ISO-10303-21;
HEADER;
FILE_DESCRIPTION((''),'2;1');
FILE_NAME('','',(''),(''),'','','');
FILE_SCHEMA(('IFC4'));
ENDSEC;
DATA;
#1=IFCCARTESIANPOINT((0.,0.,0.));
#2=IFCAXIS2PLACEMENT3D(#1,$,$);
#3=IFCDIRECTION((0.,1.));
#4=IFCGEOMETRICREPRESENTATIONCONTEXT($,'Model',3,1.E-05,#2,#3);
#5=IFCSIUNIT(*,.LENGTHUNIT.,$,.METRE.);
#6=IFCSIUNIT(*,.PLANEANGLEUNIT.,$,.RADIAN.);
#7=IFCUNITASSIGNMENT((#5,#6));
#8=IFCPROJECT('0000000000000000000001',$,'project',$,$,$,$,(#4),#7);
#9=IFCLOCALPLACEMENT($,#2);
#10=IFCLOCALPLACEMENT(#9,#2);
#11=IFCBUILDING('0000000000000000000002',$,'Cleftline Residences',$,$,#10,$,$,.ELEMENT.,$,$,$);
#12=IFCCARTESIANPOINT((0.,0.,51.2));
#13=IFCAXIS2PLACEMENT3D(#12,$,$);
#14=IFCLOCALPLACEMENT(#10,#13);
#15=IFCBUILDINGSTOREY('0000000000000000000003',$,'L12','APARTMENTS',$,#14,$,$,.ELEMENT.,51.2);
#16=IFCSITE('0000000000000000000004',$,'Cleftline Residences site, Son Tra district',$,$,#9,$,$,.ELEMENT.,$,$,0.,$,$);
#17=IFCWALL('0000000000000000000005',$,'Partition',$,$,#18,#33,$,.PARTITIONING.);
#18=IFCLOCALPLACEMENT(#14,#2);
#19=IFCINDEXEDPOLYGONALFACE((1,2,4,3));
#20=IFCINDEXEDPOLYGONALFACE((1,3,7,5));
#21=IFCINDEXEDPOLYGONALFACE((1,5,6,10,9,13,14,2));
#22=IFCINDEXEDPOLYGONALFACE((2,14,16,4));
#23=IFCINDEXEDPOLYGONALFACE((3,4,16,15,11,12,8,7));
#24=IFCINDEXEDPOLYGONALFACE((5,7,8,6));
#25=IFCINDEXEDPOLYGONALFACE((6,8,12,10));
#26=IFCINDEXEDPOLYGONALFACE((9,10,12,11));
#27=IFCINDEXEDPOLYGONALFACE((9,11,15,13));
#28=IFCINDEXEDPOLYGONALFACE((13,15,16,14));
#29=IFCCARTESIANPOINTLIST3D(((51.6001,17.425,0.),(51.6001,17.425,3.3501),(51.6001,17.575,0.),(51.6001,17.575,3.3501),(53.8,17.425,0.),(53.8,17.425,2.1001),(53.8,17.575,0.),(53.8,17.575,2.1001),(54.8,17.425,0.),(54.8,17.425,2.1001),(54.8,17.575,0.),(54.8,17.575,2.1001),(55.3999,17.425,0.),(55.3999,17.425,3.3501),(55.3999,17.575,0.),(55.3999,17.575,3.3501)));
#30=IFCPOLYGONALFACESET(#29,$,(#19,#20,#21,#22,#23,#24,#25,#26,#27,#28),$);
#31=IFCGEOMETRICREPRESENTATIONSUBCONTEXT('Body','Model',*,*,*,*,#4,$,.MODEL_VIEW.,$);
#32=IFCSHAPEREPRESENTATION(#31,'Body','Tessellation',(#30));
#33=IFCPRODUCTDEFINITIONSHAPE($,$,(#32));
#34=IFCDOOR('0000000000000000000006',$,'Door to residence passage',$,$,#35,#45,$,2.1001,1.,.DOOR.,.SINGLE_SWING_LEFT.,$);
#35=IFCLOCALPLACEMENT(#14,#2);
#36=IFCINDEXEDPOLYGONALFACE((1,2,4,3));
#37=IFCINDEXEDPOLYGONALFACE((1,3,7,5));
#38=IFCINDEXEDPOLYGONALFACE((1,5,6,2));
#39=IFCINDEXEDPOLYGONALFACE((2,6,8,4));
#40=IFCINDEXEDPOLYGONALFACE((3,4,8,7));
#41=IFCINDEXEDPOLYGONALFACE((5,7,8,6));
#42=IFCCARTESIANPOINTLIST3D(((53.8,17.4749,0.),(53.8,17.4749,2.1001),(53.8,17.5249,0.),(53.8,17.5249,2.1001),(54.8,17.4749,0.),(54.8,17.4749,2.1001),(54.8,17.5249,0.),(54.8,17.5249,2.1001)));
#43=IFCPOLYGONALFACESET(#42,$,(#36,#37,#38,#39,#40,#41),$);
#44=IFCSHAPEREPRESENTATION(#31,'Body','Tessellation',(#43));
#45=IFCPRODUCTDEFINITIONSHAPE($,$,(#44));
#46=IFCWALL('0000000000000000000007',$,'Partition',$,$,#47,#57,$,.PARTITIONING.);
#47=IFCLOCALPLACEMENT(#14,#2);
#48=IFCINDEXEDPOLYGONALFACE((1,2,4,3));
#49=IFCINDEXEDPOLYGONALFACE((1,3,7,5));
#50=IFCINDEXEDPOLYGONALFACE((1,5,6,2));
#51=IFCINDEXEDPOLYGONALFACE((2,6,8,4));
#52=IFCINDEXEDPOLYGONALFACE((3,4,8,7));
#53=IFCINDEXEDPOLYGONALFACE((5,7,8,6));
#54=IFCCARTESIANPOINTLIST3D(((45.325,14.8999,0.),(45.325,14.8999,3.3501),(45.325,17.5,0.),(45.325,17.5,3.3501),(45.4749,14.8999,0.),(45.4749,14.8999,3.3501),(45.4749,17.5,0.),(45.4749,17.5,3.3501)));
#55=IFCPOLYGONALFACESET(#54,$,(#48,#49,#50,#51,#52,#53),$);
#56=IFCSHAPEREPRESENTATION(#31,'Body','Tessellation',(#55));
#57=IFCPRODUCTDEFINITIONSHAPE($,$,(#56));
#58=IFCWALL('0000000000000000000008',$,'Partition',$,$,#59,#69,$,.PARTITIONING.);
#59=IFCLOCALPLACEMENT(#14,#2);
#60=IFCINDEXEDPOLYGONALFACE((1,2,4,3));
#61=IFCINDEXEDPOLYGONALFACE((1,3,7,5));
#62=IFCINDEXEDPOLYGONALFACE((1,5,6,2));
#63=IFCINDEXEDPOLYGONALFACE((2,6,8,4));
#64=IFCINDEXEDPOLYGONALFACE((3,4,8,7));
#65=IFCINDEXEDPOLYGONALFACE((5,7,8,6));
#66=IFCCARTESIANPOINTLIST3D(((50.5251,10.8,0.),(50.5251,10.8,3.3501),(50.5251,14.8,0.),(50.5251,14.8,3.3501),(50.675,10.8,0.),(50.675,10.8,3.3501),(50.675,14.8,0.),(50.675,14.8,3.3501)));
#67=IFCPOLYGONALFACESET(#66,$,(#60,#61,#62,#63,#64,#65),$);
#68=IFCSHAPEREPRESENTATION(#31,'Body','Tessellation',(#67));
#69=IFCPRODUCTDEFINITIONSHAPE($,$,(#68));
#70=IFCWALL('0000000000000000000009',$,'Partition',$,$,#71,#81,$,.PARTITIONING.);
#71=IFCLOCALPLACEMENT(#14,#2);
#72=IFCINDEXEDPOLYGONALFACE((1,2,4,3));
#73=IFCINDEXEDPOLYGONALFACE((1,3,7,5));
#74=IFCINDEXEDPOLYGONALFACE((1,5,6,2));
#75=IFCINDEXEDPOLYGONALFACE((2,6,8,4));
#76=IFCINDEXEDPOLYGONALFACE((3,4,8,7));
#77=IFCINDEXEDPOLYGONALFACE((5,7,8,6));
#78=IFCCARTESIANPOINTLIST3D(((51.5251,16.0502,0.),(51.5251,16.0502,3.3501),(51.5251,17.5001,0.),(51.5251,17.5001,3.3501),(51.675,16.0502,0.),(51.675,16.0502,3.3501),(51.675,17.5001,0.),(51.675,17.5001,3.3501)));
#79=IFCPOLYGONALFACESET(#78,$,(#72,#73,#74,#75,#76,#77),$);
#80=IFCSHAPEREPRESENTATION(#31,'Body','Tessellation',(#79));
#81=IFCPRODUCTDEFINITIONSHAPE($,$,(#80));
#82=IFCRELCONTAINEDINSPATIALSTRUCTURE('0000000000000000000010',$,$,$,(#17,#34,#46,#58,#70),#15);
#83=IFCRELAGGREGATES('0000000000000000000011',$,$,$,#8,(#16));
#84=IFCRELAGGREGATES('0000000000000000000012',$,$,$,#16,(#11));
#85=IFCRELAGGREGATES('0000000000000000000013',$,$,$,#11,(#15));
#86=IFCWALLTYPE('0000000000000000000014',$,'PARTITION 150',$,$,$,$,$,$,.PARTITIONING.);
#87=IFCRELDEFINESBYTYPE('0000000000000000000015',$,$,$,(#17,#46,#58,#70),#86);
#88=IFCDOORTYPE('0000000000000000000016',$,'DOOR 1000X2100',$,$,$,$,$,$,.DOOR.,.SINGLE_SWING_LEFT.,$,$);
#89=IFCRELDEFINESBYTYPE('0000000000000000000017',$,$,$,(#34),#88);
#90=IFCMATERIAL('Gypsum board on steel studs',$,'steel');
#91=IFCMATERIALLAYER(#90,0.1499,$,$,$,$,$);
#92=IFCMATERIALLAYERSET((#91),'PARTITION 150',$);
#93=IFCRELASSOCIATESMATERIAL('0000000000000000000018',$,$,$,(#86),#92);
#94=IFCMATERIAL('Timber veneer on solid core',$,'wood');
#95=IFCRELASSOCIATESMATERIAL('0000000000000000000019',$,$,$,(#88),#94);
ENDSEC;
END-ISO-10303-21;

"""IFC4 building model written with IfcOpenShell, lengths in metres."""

from ifc_helpers import new_model, si_unit, direction, frame, frame_2d, origin, place, context, subcontext, project, spatial, rectangle, extrude, material, layer, layer_set, type_object, element, fill, save


model = new_model("IFC4")

# Units and contexts
model_context = context("Model", 3, precision=1e-05, world=origin(), true_north=direction((0.0, 1.0)))
body_context = subcontext(model_context, "Body", "Model", "MODEL_VIEW")
ifc_project = project(units=[si_unit("LENGTHUNIT", "METRE"), si_unit("PLANEANGLEUNIT", "RADIAN")], contexts=[model_context])

# Site, building, storey
site_placement = place(None, origin())
site = spatial("IfcSite", under=ifc_project, at=site_placement, Name="Cleftline Residences site, Son Tra district", CompositionType="ELEMENT", RefElevation=0.0)
building_placement = place(site_placement, origin())
building = spatial("IfcBuilding", under=site, at=building_placement, Name="Cleftline Residences", CompositionType="ELEMENT")
storey_placement = place(building_placement, frame((0.0, 0.0, 51.2)))
storey = spatial("IfcBuildingStorey", under=building, at=storey_placement, Name="L12", Description="APARTMENTS", CompositionType="ELEMENT", Elevation=51.2)

# Shared definitions
ifc_material_1 = material(Name="Gypsum board on steel studs", Category="steel")
ifc_layer_1 = layer(ifc_material_1, 0.1499)
ifc_layer_set_1 = layer_set([ifc_layer_1], Name="PARTITION 150")
wall_type_1 = type_object("IfcWallType", Name="PARTITION 150", PredefinedType="PARTITIONING", material=ifc_layer_set_1)

# Wall, opening, door
wall_1_placement = place(storey_placement, frame((51.6001, 17.5, 0.0), z_axis=(0.0, 0.0, 1.0), x_axis=(1.0, 0.0, 0.0)))
wall_1 = element("IfcWall", 1, at=wall_1_placement, inside=storey, type_object=wall_type_1, Name="Partition", PredefinedType="PARTITIONING", context=body_context, shape_type="SweptSolid", body=[
    extrude(rectangle(XDim=3.7998, YDim=0.1499, at=frame_2d((1.8999, 0.0))), origin(), (0.0, 0.0, 1.0), 3.3501),
])
opening_1_placement = place(wall_1_placement, frame((2.2, 0.0, 0.0)))
opening_1 = element("IfcOpeningElement", 2, at=opening_1_placement, cuts=wall_1, PredefinedType="OPENING", context=body_context, shape_type="SweptSolid", body=[
    extrude(rectangle(XDim=1.0, YDim=2.1001, at=frame_2d((0.5, 1.05))), frame((0.0, 0.085, 0.0), z_axis=(0.0, -1.0, 0.0), x_axis=(1.0, 0.0, 0.0)), (0.0, 0.0, 1.0), 0.1699),
])
ifc_material_2 = material(Name="Timber veneer on solid core", Category="wood")
door_type_1 = type_object("IfcDoorType", Name="DOOR 1000X2100", OperationType="SINGLE_SWING_LEFT", PredefinedType="DOOR", material=ifc_material_2)
door_1_placement = place(opening_1_placement, origin())
door_1 = element("IfcDoor", 3, at=door_1_placement, inside=storey, type_object=door_type_1, Name="Door to residence passage", OperationType="SINGLE_SWING_LEFT", OverallHeight=2.1001, OverallWidth=1.0, PredefinedType="DOOR", context=body_context, shape_type="SweptSolid", body=[
    extrude(rectangle(XDim=1.0, YDim=2.1001, at=frame_2d((0.5, 1.05))), frame((0.0, 0.0249, 0.0), z_axis=(0.0, -1.0, 0.0), x_axis=(1.0, 0.0, 0.0)), (0.0, 0.0, 1.0), 0.05),
])
fill(opening_1, door_1)

# Walls
wall_2_placement = place(storey_placement, frame((45.3999, 14.8999, 0.0), z_axis=(0.0, 0.0, 1.0), x_axis=(0.0, 1.0, 0.0)))
element("IfcWall", 4, at=wall_2_placement, inside=storey, type_object=wall_type_1, Name="Partition", PredefinedType="PARTITIONING", context=body_context, shape_type="SweptSolid", body=[
    extrude(rectangle(XDim=2.6001, YDim=0.1499, at=frame_2d((1.3, 0.0))), origin(), (0.0, 0.0, 1.0), 3.3501),
])
wall_3_placement = place(storey_placement, frame((50.6001, 10.8, 0.0), z_axis=(0.0, 0.0, 1.0), x_axis=(0.0, 1.0, 0.0)))
element("IfcWall", 5, at=wall_3_placement, inside=storey, type_object=wall_type_1, Name="Partition", PredefinedType="PARTITIONING", context=body_context, shape_type="SweptSolid", body=[
    extrude(rectangle(XDim=4.0, YDim=0.1499, at=frame_2d((2.0, 0.0))), origin(), (0.0, 0.0, 1.0), 3.3501),
])
wall_4_placement = place(storey_placement, frame((51.6001, 16.05, 0.0), z_axis=(0.0, 0.0, 1.0), x_axis=(0.0, 1.0, 0.0)))
element("IfcWall", 6, at=wall_4_placement, inside=storey, type_object=wall_type_1, Name="Partition", PredefinedType="PARTITIONING", context=body_context, shape_type="SweptSolid", body=[
    extrude(rectangle(XDim=1.45, YDim=0.1499, at=frame_2d((0.7251, 0.0))), origin(), (0.0, 0.0, 1.0), 3.3501),
])

save(model, "model.ifc")
